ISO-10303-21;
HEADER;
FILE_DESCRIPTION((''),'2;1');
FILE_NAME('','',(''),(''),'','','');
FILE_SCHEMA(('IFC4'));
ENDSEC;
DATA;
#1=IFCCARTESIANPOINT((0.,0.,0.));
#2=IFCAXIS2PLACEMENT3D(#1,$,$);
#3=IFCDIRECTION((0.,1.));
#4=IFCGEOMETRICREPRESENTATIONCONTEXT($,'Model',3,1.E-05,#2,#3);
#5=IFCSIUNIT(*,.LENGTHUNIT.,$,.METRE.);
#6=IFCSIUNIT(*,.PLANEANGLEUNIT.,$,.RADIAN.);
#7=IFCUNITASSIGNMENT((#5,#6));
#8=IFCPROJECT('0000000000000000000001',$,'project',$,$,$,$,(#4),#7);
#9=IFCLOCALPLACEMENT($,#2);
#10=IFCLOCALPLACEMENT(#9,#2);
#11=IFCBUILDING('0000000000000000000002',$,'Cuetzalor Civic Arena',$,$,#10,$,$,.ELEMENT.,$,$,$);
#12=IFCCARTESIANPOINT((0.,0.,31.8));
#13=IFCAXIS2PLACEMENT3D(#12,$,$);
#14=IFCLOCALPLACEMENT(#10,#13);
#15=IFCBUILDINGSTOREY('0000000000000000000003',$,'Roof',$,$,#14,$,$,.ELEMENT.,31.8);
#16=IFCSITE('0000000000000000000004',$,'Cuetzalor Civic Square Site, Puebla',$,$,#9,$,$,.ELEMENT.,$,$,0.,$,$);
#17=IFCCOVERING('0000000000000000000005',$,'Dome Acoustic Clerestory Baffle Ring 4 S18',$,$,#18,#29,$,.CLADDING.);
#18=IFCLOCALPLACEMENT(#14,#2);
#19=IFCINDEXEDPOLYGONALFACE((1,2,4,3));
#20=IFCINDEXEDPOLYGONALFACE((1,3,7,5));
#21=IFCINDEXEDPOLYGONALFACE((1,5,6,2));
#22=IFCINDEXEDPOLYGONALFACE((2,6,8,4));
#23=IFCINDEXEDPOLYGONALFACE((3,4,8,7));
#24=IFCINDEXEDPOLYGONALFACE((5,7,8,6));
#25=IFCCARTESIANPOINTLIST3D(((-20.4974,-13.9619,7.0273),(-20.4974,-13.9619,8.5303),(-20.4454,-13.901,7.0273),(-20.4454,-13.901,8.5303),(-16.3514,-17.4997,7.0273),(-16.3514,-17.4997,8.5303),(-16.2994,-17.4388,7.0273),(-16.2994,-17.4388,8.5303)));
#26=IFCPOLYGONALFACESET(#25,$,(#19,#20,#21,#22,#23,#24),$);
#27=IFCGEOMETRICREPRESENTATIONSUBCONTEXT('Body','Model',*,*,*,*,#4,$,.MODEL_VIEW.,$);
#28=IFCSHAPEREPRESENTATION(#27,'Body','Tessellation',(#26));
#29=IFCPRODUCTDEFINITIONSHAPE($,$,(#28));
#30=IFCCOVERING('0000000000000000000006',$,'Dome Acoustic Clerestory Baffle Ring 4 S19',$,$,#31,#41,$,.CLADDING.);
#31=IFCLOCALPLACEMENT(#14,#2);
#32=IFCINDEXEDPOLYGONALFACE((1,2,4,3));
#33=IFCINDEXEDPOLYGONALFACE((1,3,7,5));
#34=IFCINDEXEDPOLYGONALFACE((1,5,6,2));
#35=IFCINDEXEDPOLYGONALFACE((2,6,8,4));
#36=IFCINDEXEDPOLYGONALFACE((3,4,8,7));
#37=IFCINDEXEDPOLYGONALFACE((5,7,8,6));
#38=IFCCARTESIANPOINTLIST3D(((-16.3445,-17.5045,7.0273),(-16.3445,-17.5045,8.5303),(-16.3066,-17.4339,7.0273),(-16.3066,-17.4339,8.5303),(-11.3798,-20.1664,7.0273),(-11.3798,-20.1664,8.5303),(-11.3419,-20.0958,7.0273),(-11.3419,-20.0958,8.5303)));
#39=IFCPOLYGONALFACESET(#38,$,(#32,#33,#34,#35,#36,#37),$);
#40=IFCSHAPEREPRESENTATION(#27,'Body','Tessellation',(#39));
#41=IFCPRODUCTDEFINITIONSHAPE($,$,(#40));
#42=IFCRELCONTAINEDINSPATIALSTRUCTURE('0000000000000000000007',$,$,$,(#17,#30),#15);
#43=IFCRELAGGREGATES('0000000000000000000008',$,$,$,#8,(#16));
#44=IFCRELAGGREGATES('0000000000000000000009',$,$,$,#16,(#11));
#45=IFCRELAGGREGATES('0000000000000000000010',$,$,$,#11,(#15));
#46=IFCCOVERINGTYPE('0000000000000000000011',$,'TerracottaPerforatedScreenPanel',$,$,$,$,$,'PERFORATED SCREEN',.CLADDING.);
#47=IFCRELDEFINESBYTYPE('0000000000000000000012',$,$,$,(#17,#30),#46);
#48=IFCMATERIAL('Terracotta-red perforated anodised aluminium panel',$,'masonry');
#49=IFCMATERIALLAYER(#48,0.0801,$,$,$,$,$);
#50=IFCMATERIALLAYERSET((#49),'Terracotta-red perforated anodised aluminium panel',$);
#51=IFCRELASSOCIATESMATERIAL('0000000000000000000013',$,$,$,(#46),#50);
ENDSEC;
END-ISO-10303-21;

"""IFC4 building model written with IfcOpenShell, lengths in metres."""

from ifc_helpers import new_model, si_unit, direction, frame, frame_2d, origin, place, context, subcontext, project, spatial, rectangle, extrude, material, layer, layer_set, type_object, element, save


model = new_model("IFC4")

# Units and contexts
model_context = context("Model", 3, precision=1e-05, world=origin(), true_north=direction((0.0, 1.0)))
body_context = subcontext(model_context, "Body", "Model", "MODEL_VIEW")
ifc_project = project(units=[si_unit("LENGTHUNIT", "METRE"), si_unit("PLANEANGLEUNIT", "RADIAN")], contexts=[model_context])

# Site, building, storey
site_placement = place(None, origin())
site = spatial("IfcSite", under=ifc_project, at=site_placement, Name="Cuetzalor Civic Square Site, Puebla", CompositionType="ELEMENT", RefElevation=0.0)
building_placement = place(site_placement, origin())
building = spatial("IfcBuilding", under=site, at=building_placement, Name="Cuetzalor Civic Arena", CompositionType="ELEMENT")
storey_placement = place(building_placement, frame((0.0, 0.0, 31.8)))
storey = spatial("IfcBuildingStorey", under=building, at=storey_placement, Name="Roof", CompositionType="ELEMENT", Elevation=31.8)

# Coverings
ifc_material_1 = material(Name="Terracotta-red perforated anodised aluminium panel", Category="masonry")
ifc_layer_1 = layer(ifc_material_1, 0.0801)
ifc_layer_set_1 = layer_set([ifc_layer_1], Name="Terracotta-red perforated anodised aluminium panel")
covering_type = type_object("IfcCoveringType", Name="TerracottaPerforatedScreenPanel", ElementType="PERFORATED SCREEN", PredefinedType="CLADDING", material=ifc_layer_set_1)
covering_1_placement = place(storey_placement, frame((-16.3254, -17.4692, 7.0273), z_axis=(0.0, 0.0, 1.0), x_axis=(-0.760693, 0.649111, 0.0)))
element("IfcCovering", 1, at=covering_1_placement, inside=storey, type_object=covering_type, Name="Dome Acoustic Clerestory Baffle Ring 4 S18", PredefinedType="CLADDING", context=body_context, shape_type="SweptSolid", body=[
    extrude(rectangle(XDim=5.4502, YDim=0.0801, at=frame_2d((2.7251, 0.0))), origin(), (0.0, 0.0, 1.0), 1.5029),
])
covering_2_placement = place(storey_placement, frame((-11.3608, -20.1311, 7.0273), z_axis=(0.0, 0.0, 1.0), x_axis=(-0.881313, 0.472533, 0.0)))
element("IfcCovering", 2, at=covering_2_placement, inside=storey, type_object=covering_type, Name="Dome Acoustic Clerestory Baffle Ring 4 S19", PredefinedType="CLADDING", context=body_context, shape_type="SweptSolid", body=[
    extrude(rectangle(XDim=5.6333, YDim=0.0801, at=frame_2d((2.8167, 0.0))), origin(), (0.0, 0.0, 1.0), 1.5029),
])

save(model, "model.ifc")
